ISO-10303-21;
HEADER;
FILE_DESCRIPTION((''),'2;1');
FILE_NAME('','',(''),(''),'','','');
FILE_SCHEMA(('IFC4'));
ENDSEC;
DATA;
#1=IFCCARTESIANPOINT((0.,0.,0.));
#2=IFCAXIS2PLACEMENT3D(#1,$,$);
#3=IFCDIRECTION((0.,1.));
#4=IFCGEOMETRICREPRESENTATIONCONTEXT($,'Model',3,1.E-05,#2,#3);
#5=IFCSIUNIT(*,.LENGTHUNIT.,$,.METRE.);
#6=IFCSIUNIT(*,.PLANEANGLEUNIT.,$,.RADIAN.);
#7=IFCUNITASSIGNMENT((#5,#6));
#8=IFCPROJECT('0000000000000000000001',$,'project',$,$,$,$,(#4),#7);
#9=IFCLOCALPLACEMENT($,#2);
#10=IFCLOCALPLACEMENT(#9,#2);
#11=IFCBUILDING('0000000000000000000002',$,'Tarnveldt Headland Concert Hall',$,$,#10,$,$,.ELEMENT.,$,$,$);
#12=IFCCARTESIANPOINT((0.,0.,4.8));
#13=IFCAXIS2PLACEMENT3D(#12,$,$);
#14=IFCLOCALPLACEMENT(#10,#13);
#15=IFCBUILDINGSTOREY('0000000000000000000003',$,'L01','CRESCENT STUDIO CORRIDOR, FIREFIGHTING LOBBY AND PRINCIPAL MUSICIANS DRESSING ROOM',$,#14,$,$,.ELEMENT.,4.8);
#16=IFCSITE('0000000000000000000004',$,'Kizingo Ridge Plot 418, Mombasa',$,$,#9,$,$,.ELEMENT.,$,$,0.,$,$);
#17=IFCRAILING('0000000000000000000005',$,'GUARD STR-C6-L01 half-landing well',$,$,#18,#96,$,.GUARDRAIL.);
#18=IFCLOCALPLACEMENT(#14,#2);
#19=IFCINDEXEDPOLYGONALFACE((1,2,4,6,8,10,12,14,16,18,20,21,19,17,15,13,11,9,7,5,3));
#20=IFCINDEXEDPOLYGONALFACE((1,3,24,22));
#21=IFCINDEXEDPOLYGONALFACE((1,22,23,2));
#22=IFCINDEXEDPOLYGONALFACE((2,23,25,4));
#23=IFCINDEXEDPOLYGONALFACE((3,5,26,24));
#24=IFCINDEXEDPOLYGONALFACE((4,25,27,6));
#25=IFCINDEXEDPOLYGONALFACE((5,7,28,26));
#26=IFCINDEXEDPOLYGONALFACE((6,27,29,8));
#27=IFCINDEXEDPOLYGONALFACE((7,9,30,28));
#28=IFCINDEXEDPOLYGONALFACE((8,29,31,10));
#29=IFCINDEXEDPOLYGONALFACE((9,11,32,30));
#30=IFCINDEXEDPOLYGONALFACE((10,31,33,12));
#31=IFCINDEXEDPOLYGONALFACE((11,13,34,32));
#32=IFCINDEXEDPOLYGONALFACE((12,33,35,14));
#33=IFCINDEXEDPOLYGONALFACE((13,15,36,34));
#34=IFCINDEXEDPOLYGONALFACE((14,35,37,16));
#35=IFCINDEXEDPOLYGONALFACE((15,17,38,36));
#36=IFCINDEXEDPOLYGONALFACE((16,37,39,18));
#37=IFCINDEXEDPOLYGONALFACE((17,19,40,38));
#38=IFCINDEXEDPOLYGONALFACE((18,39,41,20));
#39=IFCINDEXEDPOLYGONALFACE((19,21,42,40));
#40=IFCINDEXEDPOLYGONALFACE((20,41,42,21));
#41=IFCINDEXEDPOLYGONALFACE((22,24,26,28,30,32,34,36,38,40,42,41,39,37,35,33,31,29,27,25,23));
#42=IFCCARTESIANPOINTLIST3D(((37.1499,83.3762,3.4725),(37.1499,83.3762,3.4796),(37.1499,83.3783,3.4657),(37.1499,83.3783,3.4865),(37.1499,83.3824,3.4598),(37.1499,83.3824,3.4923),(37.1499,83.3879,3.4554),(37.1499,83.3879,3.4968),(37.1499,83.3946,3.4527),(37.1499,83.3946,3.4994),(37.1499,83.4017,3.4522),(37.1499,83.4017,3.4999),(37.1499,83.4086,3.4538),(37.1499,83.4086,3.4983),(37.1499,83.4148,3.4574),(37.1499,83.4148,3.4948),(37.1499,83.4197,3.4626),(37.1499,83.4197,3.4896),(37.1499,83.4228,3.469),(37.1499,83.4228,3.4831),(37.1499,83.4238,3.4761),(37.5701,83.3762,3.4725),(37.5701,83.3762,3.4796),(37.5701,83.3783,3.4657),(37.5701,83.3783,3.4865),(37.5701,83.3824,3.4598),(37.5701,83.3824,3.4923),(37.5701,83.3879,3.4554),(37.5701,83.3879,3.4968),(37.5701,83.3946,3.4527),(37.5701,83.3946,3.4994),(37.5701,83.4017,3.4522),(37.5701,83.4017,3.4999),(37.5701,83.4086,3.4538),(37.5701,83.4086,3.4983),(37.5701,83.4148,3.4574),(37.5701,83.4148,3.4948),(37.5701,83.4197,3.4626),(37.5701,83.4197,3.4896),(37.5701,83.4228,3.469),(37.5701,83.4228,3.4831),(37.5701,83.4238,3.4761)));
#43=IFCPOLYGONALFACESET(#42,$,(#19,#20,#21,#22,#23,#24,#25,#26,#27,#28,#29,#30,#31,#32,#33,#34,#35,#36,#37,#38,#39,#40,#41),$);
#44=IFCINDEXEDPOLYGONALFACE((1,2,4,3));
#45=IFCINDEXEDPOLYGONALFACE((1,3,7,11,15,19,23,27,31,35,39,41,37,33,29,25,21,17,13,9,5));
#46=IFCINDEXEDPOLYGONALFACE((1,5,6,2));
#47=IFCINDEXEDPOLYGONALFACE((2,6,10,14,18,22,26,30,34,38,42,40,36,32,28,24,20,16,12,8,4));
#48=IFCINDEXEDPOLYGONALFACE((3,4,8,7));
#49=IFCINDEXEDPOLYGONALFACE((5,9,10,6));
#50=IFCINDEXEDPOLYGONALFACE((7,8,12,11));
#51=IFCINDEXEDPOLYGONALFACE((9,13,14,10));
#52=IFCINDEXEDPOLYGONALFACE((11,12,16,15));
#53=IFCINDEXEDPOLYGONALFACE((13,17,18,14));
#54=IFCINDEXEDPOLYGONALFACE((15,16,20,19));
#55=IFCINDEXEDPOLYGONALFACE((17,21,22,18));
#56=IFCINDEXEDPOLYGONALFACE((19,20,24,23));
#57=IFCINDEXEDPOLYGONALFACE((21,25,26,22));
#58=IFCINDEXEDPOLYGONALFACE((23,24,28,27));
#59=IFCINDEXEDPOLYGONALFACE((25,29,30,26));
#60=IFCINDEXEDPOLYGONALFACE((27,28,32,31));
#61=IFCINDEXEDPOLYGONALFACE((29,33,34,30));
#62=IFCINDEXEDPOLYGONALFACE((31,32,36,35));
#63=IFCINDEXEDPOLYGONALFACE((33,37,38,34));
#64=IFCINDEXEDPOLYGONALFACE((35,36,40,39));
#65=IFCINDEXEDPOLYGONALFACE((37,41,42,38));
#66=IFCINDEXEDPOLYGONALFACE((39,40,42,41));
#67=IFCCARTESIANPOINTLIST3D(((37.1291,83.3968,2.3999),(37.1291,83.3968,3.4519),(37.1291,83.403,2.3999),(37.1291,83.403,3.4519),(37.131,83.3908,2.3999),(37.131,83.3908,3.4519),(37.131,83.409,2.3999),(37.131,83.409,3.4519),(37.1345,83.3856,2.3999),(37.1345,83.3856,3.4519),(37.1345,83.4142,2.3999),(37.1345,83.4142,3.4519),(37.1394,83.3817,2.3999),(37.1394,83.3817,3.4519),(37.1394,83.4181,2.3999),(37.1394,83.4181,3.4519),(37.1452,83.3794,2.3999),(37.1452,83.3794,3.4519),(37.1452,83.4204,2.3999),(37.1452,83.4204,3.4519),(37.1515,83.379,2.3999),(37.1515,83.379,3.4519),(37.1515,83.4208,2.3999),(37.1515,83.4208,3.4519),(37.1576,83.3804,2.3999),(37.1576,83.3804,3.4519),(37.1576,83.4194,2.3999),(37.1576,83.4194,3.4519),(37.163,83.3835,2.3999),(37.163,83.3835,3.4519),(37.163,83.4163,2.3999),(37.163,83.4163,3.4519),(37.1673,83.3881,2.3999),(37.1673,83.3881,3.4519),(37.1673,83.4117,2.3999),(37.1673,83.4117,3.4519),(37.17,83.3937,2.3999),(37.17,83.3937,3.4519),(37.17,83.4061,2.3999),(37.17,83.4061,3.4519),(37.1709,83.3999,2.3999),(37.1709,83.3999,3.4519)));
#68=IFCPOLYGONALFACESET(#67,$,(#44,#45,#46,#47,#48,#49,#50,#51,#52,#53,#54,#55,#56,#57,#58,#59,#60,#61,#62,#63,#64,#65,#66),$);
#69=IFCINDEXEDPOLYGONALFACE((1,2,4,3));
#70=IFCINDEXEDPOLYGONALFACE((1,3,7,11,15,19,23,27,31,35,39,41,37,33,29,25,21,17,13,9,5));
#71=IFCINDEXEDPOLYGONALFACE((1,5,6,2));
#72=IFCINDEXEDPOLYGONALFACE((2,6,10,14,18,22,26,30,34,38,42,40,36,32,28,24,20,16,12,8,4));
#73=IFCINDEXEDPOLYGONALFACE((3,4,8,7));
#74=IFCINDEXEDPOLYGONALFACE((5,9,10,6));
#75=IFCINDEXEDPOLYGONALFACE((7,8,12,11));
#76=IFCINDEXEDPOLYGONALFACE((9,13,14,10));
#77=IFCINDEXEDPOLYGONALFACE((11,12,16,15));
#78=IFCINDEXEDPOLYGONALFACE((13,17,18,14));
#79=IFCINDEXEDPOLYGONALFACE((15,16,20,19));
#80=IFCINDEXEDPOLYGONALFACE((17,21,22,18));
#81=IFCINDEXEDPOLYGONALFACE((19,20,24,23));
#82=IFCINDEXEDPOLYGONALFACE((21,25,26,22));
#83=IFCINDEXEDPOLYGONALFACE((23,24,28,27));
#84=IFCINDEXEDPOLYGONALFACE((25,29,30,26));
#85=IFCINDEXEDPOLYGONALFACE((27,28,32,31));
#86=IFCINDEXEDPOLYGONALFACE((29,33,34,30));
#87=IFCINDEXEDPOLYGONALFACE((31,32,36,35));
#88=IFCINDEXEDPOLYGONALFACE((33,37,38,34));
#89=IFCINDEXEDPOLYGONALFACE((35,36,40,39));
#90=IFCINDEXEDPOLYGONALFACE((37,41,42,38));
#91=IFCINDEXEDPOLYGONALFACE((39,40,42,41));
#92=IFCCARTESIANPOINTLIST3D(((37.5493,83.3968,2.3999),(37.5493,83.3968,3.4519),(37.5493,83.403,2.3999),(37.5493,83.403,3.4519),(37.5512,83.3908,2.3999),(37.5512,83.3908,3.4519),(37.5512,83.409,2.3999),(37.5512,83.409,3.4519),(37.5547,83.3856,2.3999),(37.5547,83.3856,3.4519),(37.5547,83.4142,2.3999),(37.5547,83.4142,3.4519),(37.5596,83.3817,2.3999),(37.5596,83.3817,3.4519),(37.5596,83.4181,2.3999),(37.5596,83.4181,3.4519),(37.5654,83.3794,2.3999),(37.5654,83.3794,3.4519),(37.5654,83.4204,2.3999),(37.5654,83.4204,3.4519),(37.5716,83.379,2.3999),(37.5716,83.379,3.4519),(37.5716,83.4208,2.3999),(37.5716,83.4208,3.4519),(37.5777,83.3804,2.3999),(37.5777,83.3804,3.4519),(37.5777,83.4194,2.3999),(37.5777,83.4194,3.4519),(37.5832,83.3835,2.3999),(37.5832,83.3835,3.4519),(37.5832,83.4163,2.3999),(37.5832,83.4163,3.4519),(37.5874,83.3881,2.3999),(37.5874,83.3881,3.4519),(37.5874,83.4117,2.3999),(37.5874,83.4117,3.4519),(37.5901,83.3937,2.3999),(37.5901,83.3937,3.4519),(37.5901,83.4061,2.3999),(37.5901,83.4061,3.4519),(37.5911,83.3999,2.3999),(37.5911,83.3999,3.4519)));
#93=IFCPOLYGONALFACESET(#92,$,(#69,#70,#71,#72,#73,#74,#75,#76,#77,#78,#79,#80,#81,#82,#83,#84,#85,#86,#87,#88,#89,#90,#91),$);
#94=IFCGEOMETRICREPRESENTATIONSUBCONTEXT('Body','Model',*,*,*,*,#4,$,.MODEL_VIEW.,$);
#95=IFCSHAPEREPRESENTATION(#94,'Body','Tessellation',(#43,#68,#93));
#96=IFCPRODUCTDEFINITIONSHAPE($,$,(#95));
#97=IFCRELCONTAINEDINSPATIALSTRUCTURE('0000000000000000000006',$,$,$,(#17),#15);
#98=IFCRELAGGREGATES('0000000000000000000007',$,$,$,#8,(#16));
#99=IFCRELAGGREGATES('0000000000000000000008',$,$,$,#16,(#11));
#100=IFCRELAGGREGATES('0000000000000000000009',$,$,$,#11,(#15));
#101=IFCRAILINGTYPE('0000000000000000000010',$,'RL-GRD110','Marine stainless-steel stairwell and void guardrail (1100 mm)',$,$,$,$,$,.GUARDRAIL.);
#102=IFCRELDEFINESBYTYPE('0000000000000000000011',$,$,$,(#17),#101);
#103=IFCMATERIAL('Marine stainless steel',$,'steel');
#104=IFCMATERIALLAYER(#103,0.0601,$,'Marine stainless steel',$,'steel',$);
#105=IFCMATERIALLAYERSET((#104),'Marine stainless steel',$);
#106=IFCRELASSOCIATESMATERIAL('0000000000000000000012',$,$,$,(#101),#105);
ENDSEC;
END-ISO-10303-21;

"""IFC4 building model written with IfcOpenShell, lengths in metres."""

from ifc_helpers import new_model, si_unit, direction, frame, origin, origin_2d, place, context, subcontext, project, spatial, circle, extrude, material, layer, layer_set, type_object, element, save


model = new_model("IFC4")

# Units and contexts
model_context = context("Model", 3, precision=1e-05, world=origin(), true_north=direction((0.0, 1.0)))
body_context = subcontext(model_context, "Body", "Model", "MODEL_VIEW")
ifc_project = project(units=[si_unit("LENGTHUNIT", "METRE"), si_unit("PLANEANGLEUNIT", "RADIAN")], contexts=[model_context])

# Site, building, storey
site_placement = place(None, origin())
site = spatial("IfcSite", under=ifc_project, at=site_placement, Name="Kizingo Ridge Plot 418, Mombasa", CompositionType="ELEMENT", RefElevation=0.0)
building_placement = place(site_placement, origin())
building = spatial("IfcBuilding", under=site, at=building_placement, Name="Tarnveldt Headland Concert Hall", CompositionType="ELEMENT")
storey_placement = place(building_placement, frame((0.0, 0.0, 4.8)))
storey = spatial("IfcBuildingStorey", under=building, at=storey_placement, Name="L01", Description="CRESCENT STUDIO CORRIDOR, FIREFIGHTING LOBBY AND PRINCIPAL MUSICIANS DRESSING ROOM", CompositionType="ELEMENT", Elevation=4.8)

# Railing
ifc_material_1 = material(Name="Marine stainless steel", Category="steel")
ifc_layer_1 = layer(ifc_material_1, 0.0601, Name="Marine stainless steel", Category="steel")
ifc_layer_set_1 = layer_set([ifc_layer_1], Name="Marine stainless steel")
railing_type_1 = type_object("IfcRailingType", Name="RL-GRD110", Description="Marine stainless-steel stairwell and void guardrail (1100 mm)", PredefinedType="GUARDRAIL", material=ifc_layer_set_1)
railing_1_placement = place(storey_placement, frame((37.1499, 83.3999, 2.3999)))
element("IfcRailing", 1, at=railing_1_placement, inside=storey, type_object=railing_type_1, Name="GUARD STR-C6-L01 half-landing well", PredefinedType="GUARDRAIL", context=body_context, shape_type="SweptSolid", body=[
    extrude(circle(Radius=0.0239, at=origin_2d()), frame((0.0, 0.0, 1.0762), z_axis=(1.0, 0.0, 0.0), x_axis=(0.0, 1.0, 0.0)), (0.0, 0.0, 1.0), 0.4202),
    extrude(circle(Radius=0.021, at=origin_2d()), origin(), (0.0, 0.0, 1.0), 1.052),
    extrude(circle(Radius=0.021, at=origin_2d()), frame((0.4202, 0.0, 0.0)), (0.0, 0.0, 1.0), 1.052),
])

save(model, "model.ifc")
